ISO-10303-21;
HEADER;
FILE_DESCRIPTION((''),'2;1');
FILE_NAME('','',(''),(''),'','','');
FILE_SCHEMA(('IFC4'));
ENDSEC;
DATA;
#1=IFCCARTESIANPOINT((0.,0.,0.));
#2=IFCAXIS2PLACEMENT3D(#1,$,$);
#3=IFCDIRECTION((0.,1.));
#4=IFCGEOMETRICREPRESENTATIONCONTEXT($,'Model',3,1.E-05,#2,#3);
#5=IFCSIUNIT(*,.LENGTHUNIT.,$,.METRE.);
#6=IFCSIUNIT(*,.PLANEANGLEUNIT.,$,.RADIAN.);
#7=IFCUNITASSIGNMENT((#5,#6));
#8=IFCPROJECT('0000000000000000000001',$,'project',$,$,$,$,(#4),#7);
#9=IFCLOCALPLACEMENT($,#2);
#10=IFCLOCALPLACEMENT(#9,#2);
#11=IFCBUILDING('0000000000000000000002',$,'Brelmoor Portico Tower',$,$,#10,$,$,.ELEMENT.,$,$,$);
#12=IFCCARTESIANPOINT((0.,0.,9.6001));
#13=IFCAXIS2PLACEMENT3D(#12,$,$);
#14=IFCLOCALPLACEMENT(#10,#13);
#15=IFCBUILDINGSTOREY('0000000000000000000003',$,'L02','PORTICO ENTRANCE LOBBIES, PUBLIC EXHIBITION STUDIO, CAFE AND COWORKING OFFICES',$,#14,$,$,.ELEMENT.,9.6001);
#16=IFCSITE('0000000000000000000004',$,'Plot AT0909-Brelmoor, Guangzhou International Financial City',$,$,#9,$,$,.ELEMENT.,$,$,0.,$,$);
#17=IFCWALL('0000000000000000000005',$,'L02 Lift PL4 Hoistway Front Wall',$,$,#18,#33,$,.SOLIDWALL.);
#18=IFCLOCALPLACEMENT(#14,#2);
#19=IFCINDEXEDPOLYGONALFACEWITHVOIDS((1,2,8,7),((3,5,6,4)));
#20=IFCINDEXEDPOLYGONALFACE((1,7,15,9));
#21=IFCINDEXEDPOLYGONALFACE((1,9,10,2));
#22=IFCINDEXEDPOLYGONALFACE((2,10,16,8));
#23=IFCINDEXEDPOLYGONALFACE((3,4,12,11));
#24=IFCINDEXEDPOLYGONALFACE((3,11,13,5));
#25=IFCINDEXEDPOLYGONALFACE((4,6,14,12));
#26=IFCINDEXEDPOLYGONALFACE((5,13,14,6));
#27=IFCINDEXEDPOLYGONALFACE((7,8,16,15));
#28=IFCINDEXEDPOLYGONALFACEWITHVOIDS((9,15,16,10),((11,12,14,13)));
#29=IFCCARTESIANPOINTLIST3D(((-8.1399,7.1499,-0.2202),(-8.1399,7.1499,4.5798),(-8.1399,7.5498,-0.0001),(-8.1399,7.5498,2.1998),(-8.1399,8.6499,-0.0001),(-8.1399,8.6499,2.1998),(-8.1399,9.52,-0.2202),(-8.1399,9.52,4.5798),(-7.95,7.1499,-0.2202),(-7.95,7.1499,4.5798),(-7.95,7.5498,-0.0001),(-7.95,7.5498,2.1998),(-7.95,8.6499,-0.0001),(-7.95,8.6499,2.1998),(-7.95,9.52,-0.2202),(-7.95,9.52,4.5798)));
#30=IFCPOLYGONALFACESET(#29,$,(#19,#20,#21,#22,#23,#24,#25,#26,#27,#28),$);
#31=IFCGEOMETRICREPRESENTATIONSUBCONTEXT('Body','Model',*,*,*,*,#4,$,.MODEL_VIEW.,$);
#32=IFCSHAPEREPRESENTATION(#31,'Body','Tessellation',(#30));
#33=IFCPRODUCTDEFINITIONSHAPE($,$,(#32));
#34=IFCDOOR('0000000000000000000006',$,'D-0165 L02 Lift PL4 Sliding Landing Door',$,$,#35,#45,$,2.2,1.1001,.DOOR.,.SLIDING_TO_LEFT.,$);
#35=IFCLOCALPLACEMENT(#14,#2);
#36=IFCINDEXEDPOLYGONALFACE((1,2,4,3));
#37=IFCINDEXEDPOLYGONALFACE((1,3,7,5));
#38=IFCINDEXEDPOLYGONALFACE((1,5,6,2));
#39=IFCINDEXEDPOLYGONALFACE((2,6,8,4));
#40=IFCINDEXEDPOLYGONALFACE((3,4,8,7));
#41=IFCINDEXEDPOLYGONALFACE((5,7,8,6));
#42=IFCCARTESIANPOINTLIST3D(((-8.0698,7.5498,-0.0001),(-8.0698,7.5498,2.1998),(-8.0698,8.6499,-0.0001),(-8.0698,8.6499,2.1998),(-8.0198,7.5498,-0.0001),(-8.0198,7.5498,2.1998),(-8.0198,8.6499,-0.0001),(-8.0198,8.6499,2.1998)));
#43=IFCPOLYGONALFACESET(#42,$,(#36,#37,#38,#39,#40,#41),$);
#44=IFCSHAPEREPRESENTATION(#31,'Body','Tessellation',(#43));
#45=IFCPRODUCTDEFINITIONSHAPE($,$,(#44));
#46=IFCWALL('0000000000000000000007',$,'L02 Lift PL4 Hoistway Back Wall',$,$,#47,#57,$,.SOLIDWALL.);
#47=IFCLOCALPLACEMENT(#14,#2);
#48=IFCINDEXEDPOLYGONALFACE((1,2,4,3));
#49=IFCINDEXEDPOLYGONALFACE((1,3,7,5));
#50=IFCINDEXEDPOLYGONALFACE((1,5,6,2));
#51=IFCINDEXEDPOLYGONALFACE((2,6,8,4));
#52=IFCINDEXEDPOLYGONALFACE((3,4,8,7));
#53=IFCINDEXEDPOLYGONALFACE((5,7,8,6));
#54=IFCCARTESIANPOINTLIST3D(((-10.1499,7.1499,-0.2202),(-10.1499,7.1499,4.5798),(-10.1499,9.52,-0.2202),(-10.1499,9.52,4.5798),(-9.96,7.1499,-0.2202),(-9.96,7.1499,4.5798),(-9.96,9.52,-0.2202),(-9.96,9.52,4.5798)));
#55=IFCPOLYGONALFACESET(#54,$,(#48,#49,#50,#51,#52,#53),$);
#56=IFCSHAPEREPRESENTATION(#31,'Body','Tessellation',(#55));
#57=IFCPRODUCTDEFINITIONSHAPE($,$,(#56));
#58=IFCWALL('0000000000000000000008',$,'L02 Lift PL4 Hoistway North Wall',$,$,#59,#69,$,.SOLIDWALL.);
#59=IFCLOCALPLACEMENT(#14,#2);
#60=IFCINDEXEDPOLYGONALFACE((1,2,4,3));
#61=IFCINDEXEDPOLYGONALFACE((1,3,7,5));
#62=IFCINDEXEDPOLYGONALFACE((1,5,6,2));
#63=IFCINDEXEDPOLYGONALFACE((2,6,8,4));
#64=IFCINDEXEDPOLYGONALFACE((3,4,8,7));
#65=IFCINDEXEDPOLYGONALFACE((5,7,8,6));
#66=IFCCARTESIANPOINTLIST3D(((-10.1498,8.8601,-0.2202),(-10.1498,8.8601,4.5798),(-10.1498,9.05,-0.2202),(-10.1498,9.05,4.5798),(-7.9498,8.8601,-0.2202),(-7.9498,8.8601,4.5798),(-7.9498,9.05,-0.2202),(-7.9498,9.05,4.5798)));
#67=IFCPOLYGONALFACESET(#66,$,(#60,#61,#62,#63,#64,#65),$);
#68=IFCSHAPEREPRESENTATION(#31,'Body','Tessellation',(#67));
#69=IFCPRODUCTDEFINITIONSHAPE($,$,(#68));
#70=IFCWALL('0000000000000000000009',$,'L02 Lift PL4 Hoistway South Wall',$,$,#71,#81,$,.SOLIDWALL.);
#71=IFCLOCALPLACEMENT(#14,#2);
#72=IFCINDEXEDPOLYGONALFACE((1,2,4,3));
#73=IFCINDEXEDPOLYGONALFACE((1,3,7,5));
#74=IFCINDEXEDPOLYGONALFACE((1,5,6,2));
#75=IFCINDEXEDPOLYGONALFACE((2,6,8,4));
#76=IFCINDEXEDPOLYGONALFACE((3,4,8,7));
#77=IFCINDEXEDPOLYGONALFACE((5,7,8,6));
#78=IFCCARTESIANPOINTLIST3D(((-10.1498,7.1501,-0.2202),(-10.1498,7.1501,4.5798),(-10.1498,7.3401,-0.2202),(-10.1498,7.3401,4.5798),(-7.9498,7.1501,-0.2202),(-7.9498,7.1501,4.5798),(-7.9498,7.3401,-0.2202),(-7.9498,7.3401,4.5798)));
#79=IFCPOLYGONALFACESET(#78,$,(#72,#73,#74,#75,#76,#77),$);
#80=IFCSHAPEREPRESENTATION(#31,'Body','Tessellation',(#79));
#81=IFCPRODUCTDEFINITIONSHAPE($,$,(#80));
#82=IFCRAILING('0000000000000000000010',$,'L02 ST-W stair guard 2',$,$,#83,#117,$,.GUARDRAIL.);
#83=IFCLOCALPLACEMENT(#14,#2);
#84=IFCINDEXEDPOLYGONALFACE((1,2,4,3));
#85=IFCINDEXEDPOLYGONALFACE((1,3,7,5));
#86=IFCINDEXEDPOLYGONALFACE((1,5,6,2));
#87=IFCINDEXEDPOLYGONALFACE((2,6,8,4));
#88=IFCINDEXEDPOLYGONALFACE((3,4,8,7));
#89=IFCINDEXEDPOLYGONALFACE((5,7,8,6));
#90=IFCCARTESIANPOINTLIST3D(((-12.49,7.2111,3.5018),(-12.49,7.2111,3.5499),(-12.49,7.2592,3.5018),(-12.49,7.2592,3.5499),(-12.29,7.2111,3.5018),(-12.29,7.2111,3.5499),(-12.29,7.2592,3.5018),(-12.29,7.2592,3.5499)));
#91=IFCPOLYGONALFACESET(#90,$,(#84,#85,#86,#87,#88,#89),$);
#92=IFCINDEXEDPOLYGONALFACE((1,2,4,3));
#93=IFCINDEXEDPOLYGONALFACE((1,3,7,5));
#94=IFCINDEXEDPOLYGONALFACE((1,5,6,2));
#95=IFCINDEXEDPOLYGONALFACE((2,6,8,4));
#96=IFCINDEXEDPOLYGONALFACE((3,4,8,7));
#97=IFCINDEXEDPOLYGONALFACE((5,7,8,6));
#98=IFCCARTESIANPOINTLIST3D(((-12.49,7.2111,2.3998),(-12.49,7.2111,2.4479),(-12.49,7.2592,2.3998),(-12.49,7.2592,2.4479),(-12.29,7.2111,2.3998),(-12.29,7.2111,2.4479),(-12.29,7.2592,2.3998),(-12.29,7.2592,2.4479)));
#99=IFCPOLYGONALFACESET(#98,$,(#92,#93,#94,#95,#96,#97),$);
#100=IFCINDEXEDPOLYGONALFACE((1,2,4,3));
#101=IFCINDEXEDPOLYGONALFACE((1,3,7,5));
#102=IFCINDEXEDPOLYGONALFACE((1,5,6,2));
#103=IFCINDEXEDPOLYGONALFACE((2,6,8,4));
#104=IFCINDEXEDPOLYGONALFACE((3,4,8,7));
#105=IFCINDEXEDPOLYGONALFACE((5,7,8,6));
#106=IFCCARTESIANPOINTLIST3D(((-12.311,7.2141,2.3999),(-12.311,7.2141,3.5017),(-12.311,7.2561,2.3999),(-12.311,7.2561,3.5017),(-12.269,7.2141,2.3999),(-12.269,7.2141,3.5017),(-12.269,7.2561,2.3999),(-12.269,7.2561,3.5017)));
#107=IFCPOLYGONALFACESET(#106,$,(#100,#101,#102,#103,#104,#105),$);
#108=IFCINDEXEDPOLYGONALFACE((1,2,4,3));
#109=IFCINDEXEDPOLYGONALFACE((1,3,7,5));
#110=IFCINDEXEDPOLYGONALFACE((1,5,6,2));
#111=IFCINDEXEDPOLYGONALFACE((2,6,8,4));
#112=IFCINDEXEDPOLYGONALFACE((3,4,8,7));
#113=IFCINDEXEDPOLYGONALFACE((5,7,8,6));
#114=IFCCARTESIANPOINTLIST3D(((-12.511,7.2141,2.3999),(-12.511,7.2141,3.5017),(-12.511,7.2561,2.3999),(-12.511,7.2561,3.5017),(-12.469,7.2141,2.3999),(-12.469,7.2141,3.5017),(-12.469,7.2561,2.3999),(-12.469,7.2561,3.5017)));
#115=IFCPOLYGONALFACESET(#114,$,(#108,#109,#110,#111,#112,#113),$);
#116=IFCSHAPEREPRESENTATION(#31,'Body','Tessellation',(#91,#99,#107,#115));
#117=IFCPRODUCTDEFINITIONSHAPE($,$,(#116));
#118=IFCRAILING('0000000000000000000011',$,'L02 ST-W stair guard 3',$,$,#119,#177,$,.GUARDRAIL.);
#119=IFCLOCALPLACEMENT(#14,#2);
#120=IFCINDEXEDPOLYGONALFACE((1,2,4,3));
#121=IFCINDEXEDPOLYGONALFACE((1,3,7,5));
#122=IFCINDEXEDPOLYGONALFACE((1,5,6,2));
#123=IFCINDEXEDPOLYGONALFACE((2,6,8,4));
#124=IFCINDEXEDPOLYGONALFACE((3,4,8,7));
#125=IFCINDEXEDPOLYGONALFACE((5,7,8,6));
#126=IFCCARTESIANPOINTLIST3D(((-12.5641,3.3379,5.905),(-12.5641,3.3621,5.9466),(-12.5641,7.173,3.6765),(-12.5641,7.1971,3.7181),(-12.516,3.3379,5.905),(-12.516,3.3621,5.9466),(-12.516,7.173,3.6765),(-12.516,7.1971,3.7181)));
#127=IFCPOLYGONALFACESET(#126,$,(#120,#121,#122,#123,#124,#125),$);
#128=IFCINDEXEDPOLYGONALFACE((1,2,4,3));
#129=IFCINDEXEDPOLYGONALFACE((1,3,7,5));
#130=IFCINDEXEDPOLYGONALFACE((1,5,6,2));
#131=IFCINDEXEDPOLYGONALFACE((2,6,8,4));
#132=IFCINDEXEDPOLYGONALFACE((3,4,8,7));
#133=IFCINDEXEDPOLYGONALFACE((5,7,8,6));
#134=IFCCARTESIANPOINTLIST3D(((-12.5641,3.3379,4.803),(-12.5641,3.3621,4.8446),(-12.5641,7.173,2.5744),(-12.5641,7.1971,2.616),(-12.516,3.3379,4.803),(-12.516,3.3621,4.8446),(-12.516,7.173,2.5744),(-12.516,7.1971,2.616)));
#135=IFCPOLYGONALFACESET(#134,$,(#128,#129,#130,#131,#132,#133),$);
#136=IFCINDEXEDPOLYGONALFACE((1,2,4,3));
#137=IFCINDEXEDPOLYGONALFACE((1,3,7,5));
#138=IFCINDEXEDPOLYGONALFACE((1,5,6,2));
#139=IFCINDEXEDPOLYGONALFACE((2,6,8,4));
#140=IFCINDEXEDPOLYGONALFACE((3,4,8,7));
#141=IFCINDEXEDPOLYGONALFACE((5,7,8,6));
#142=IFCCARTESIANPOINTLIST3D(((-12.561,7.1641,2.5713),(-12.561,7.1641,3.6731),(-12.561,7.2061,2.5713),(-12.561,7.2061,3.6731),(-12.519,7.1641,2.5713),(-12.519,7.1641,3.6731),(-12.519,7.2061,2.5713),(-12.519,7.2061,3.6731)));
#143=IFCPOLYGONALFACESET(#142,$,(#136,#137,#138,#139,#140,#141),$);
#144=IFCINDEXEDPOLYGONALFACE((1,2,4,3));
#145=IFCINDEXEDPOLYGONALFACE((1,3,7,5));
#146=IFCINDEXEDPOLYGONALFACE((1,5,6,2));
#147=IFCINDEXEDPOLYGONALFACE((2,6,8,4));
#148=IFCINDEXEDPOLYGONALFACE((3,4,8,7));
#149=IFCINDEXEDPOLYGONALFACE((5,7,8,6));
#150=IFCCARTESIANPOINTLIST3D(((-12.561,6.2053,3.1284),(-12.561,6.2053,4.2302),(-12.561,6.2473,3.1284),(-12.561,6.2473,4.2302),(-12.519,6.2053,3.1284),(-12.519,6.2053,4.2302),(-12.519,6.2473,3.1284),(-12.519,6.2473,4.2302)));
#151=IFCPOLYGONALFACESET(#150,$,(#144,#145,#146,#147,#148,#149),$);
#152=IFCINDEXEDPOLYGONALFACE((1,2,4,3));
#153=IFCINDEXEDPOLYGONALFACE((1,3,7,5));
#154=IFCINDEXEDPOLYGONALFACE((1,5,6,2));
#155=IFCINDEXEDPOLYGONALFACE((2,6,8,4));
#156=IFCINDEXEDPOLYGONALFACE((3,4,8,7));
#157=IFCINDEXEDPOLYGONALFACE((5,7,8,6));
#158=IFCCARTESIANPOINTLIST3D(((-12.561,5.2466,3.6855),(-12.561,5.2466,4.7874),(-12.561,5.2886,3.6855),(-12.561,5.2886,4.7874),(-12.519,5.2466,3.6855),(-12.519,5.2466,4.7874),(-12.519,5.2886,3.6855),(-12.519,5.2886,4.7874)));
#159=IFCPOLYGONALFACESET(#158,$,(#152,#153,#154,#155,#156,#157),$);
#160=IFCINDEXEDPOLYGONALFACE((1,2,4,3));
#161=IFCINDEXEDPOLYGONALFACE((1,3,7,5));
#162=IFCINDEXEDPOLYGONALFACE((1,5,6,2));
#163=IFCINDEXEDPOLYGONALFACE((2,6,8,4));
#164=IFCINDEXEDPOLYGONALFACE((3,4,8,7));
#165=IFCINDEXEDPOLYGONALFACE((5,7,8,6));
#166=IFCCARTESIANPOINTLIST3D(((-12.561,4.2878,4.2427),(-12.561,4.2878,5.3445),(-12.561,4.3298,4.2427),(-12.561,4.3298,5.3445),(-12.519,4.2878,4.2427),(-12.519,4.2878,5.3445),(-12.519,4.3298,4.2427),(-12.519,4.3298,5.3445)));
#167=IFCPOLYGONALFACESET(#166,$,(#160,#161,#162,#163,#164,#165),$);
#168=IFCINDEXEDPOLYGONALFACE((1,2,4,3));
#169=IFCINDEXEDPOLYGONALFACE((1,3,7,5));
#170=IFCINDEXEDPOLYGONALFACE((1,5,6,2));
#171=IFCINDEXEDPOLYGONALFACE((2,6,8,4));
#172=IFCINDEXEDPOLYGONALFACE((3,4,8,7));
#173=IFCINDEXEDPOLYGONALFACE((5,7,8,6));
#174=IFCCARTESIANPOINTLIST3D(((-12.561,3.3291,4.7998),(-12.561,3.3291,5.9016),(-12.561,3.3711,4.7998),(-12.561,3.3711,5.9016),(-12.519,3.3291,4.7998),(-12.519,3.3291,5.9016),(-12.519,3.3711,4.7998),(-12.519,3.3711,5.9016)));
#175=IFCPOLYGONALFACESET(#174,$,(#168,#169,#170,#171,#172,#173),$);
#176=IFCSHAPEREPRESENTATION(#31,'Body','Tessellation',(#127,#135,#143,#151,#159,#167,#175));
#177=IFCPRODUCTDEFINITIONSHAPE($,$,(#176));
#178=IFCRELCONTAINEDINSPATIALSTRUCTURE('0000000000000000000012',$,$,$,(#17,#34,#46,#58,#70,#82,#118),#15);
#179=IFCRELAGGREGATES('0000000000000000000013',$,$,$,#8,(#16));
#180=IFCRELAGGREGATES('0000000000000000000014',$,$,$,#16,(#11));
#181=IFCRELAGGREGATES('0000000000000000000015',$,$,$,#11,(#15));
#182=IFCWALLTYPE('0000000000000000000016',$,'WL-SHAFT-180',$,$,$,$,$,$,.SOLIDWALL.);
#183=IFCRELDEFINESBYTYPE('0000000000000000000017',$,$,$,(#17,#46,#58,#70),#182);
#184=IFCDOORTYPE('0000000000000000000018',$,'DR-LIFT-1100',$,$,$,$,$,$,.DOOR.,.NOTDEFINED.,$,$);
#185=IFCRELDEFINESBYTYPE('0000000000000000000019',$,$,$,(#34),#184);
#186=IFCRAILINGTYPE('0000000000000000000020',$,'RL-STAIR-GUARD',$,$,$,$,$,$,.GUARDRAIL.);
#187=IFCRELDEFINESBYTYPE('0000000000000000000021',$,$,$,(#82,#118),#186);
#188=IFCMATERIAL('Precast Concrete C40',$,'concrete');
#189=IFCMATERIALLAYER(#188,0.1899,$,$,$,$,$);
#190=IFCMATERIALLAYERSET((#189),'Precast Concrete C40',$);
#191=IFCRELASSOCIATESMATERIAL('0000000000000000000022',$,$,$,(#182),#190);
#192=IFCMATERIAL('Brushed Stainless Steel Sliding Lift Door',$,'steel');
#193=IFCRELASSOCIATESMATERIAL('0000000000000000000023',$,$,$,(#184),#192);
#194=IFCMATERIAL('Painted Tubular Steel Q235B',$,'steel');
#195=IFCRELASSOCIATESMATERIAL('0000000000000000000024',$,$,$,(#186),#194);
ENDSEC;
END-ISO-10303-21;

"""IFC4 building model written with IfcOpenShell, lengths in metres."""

from ifc_helpers import new_model, si_unit, direction, frame, frame_2d, origin, origin_2d, place, context, subcontext, project, spatial, rectangle, extrude, material, layer, layer_set, type_object, element, fill, save


model = new_model("IFC4")

# Units and contexts
model_context = context("Model", 3, precision=1e-05, world=origin(), true_north=direction((0.0, 1.0)))
body_context = subcontext(model_context, "Body", "Model", "MODEL_VIEW")
ifc_project = project(units=[si_unit("LENGTHUNIT", "METRE"), si_unit("PLANEANGLEUNIT", "RADIAN")], contexts=[model_context])

# Site, building, storey
site_placement = place(None, origin())
site = spatial("IfcSite", under=ifc_project, at=site_placement, Name="Plot AT0909-Brelmoor, Guangzhou International Financial City", CompositionType="ELEMENT", RefElevation=0.0)
building_placement = place(site_placement, origin())
building = spatial("IfcBuilding", under=site, at=building_placement, Name="Brelmoor Portico Tower", CompositionType="ELEMENT")
storey_placement = place(building_placement, frame((0.0, 0.0, 9.6001)))
storey = spatial("IfcBuildingStorey", under=building, at=storey_placement, Name="L02", Description="PORTICO ENTRANCE LOBBIES, PUBLIC EXHIBITION STUDIO, CAFE AND COWORKING OFFICES", CompositionType="ELEMENT", Elevation=9.6001)

# Shared definitions
ifc_material_1 = material(Name="Precast Concrete C40", Category="concrete")
ifc_layer_1 = layer(ifc_material_1, 0.1899)
ifc_layer_set_1 = layer_set([ifc_layer_1], Name="Precast Concrete C40")
wall_type_1 = type_object("IfcWallType", Name="WL-SHAFT-180", PredefinedType="SOLIDWALL", material=ifc_layer_set_1)

# Wall, opening, door
wall_1_placement = place(storey_placement, frame((-8.0449, 7.1499, -0.2202), z_axis=(0.0, 0.0, 1.0), x_axis=(0.0, 1.0, 0.0)))
wall_1 = element("IfcWall", 1, at=wall_1_placement, inside=storey, type_object=wall_type_1, Name="L02 Lift PL4 Hoistway Front Wall", PredefinedType="SOLIDWALL", context=body_context, shape_type="SweptSolid", body=[
    extrude(rectangle(XDim=2.3701, YDim=0.1899, at=frame_2d((1.1851, 0.0))), origin(), (0.0, 0.0, 1.0), 4.8),
])
opening_1_placement = place(wall_1_placement, frame((0.3999, 0.0, 0.22)))
opening_1 = element("IfcOpeningElement", 2, at=opening_1_placement, cuts=wall_1, PredefinedType="OPENING", context=body_context, shape_type="SweptSolid", body=[
    extrude(rectangle(XDim=1.1001, YDim=2.2, at=frame_2d((0.55, 1.1001))), frame((0.0, 0.105, 0.0), z_axis=(0.0, -1.0, 0.0), x_axis=(1.0, 0.0, 0.0)), (0.0, 0.0, 1.0), 0.21),
])
ifc_material_2 = material(Name="Brushed Stainless Steel Sliding Lift Door", Category="steel")
door_type_1 = type_object("IfcDoorType", Name="DR-LIFT-1100", OperationType="NOTDEFINED", PredefinedType="DOOR", material=ifc_material_2)
door_1_placement = place(opening_1_placement, origin())
door_1 = element("IfcDoor", 3, at=door_1_placement, inside=storey, type_object=door_type_1, Name="D-0165 L02 Lift PL4 Sliding Landing Door", OperationType="SLIDING_TO_LEFT", OverallHeight=2.2, OverallWidth=1.1001, PredefinedType="DOOR", context=body_context, shape_type="SweptSolid", body=[
    extrude(rectangle(XDim=1.1001, YDim=2.2, at=frame_2d((0.55, 1.1001))), frame((0.0, 0.0249, 0.0), z_axis=(0.0, -1.0, 0.0), x_axis=(1.0, 0.0, 0.0)), (0.0, 0.0, 1.0), 0.05),
])
fill(opening_1, door_1)

# Walls
wall_2_placement = place(storey_placement, frame((-10.0549, 7.1499, -0.2202), z_axis=(0.0, 0.0, 1.0), x_axis=(0.0, 1.0, 0.0)))
element("IfcWall", 4, at=wall_2_placement, inside=storey, type_object=wall_type_1, Name="L02 Lift PL4 Hoistway Back Wall", PredefinedType="SOLIDWALL", context=body_context, shape_type="SweptSolid", body=[
    extrude(rectangle(XDim=2.3701, YDim=0.1899, at=frame_2d((1.1851, 0.0))), origin(), (0.0, 0.0, 1.0), 4.8),
])
for number, where, z_axis, x_axis, name in (
    (5, (-10.1499, 8.9551, -0.2202), (0.0, 0.0, 1.0), (1.0, 0.0, 0.0), "L02 Lift PL4 Hoistway North Wall"),
    (6, (-10.1499, 7.2451, -0.2202), (0.0, 0.0, 1.0), (1.0, 0.0, 0.0), "L02 Lift PL4 Hoistway South Wall"),
):
    element("IfcWall", number, at=place(storey_placement, frame(where, z_axis=z_axis, x_axis=x_axis)), inside=storey, type_object=wall_type_1, Name=name, PredefinedType="SOLIDWALL", context=body_context, shape_type="SweptSolid", body=[
        extrude(rectangle(XDim=2.2, YDim=0.1899, at=frame_2d((1.1001, 0.0))), origin(), (0.0, 0.0, 1.0), 4.8),
    ])

# Railings
ifc_material_3 = material(Name="Painted Tubular Steel Q235B", Category="steel")
railing_type = type_object("IfcRailingType", Name="RL-STAIR-GUARD", PredefinedType="GUARDRAIL", material=ifc_material_3)
railing_1_placement = place(storey_placement, frame((-12.29, 7.2351, 2.3999)))
element("IfcRailing", 7, at=railing_1_placement, inside=storey, type_object=railing_type, Name="L02 ST-W stair guard 2", PredefinedType="GUARDRAIL", context=body_context, shape_type="SweptSolid", body=[
    extrude(rectangle(XDim=0.0481, YDim=0.0481, at=origin_2d()), frame((0.0, 0.0, 1.126), z_axis=(-1.0, 0.0, 0.0), x_axis=(0.0, -1.0, 0.0)), (0.0, 0.0, 1.0), 0.2),
    extrude(rectangle(XDim=0.0481, YDim=0.0481, at=origin_2d()), frame((0.0, 0.0, 0.0239), z_axis=(-1.0, 0.0, 0.0), x_axis=(0.0, -1.0, 0.0)), (0.0, 0.0, 1.0), 0.2),
    extrude(rectangle(XDim=0.042, YDim=0.042, at=origin_2d()), origin(), (0.0, 0.0, 1.0), 1.1018),
    extrude(rectangle(XDim=0.042, YDim=0.042, at=origin_2d()), frame((-0.2, 0.0, 0.0)), (0.0, 0.0, 1.0), 1.1018),
])
railing_2_placement = place(storey_placement, frame((-12.54, 7.1851, 2.5713)))
element("IfcRailing", 8, at=railing_2_placement, inside=storey, type_object=railing_type, Name="L02 ST-W stair guard 3", PredefinedType="GUARDRAIL", context=body_context, shape_type="SweptSolid", body=[
    extrude(rectangle(XDim=0.0481, YDim=0.0481, at=origin_2d()), frame((0.0, 0.0, 1.126), z_axis=(0.0, -0.864616, 0.502433), x_axis=(1.0, 0.0, 0.0)), (0.0, 0.0, 1.0), 4.4355),
    extrude(rectangle(XDim=0.0481, YDim=0.0481, at=origin_2d()), frame((0.0, 0.0, 0.0239), z_axis=(0.0, -0.864616, 0.502433), x_axis=(1.0, 0.0, 0.0)), (0.0, 0.0, 1.0), 4.4355),
    extrude(rectangle(XDim=0.042, YDim=0.042, at=origin_2d()), origin(), (0.0, 0.0, 1.0), 1.1018),
    extrude(rectangle(XDim=0.042, YDim=0.042, at=origin_2d()), frame((0.0, -0.9587, 0.5571)), (0.0, 0.0, 1.0), 1.1018),
    extrude(rectangle(XDim=0.042, YDim=0.042, at=origin_2d()), frame((0.0, -1.9175, 1.1143)), (0.0, 0.0, 1.0), 1.1018),
    extrude(rectangle(XDim=0.042, YDim=0.042, at=origin_2d()), frame((0.0, -2.8762, 1.6714)), (0.0, 0.0, 1.0), 1.1018),
    extrude(rectangle(XDim=0.042, YDim=0.042, at=origin_2d()), frame((0.0, -3.835, 2.2285)), (0.0, 0.0, 1.0), 1.1018),
])

save(model, "model.ifc")
